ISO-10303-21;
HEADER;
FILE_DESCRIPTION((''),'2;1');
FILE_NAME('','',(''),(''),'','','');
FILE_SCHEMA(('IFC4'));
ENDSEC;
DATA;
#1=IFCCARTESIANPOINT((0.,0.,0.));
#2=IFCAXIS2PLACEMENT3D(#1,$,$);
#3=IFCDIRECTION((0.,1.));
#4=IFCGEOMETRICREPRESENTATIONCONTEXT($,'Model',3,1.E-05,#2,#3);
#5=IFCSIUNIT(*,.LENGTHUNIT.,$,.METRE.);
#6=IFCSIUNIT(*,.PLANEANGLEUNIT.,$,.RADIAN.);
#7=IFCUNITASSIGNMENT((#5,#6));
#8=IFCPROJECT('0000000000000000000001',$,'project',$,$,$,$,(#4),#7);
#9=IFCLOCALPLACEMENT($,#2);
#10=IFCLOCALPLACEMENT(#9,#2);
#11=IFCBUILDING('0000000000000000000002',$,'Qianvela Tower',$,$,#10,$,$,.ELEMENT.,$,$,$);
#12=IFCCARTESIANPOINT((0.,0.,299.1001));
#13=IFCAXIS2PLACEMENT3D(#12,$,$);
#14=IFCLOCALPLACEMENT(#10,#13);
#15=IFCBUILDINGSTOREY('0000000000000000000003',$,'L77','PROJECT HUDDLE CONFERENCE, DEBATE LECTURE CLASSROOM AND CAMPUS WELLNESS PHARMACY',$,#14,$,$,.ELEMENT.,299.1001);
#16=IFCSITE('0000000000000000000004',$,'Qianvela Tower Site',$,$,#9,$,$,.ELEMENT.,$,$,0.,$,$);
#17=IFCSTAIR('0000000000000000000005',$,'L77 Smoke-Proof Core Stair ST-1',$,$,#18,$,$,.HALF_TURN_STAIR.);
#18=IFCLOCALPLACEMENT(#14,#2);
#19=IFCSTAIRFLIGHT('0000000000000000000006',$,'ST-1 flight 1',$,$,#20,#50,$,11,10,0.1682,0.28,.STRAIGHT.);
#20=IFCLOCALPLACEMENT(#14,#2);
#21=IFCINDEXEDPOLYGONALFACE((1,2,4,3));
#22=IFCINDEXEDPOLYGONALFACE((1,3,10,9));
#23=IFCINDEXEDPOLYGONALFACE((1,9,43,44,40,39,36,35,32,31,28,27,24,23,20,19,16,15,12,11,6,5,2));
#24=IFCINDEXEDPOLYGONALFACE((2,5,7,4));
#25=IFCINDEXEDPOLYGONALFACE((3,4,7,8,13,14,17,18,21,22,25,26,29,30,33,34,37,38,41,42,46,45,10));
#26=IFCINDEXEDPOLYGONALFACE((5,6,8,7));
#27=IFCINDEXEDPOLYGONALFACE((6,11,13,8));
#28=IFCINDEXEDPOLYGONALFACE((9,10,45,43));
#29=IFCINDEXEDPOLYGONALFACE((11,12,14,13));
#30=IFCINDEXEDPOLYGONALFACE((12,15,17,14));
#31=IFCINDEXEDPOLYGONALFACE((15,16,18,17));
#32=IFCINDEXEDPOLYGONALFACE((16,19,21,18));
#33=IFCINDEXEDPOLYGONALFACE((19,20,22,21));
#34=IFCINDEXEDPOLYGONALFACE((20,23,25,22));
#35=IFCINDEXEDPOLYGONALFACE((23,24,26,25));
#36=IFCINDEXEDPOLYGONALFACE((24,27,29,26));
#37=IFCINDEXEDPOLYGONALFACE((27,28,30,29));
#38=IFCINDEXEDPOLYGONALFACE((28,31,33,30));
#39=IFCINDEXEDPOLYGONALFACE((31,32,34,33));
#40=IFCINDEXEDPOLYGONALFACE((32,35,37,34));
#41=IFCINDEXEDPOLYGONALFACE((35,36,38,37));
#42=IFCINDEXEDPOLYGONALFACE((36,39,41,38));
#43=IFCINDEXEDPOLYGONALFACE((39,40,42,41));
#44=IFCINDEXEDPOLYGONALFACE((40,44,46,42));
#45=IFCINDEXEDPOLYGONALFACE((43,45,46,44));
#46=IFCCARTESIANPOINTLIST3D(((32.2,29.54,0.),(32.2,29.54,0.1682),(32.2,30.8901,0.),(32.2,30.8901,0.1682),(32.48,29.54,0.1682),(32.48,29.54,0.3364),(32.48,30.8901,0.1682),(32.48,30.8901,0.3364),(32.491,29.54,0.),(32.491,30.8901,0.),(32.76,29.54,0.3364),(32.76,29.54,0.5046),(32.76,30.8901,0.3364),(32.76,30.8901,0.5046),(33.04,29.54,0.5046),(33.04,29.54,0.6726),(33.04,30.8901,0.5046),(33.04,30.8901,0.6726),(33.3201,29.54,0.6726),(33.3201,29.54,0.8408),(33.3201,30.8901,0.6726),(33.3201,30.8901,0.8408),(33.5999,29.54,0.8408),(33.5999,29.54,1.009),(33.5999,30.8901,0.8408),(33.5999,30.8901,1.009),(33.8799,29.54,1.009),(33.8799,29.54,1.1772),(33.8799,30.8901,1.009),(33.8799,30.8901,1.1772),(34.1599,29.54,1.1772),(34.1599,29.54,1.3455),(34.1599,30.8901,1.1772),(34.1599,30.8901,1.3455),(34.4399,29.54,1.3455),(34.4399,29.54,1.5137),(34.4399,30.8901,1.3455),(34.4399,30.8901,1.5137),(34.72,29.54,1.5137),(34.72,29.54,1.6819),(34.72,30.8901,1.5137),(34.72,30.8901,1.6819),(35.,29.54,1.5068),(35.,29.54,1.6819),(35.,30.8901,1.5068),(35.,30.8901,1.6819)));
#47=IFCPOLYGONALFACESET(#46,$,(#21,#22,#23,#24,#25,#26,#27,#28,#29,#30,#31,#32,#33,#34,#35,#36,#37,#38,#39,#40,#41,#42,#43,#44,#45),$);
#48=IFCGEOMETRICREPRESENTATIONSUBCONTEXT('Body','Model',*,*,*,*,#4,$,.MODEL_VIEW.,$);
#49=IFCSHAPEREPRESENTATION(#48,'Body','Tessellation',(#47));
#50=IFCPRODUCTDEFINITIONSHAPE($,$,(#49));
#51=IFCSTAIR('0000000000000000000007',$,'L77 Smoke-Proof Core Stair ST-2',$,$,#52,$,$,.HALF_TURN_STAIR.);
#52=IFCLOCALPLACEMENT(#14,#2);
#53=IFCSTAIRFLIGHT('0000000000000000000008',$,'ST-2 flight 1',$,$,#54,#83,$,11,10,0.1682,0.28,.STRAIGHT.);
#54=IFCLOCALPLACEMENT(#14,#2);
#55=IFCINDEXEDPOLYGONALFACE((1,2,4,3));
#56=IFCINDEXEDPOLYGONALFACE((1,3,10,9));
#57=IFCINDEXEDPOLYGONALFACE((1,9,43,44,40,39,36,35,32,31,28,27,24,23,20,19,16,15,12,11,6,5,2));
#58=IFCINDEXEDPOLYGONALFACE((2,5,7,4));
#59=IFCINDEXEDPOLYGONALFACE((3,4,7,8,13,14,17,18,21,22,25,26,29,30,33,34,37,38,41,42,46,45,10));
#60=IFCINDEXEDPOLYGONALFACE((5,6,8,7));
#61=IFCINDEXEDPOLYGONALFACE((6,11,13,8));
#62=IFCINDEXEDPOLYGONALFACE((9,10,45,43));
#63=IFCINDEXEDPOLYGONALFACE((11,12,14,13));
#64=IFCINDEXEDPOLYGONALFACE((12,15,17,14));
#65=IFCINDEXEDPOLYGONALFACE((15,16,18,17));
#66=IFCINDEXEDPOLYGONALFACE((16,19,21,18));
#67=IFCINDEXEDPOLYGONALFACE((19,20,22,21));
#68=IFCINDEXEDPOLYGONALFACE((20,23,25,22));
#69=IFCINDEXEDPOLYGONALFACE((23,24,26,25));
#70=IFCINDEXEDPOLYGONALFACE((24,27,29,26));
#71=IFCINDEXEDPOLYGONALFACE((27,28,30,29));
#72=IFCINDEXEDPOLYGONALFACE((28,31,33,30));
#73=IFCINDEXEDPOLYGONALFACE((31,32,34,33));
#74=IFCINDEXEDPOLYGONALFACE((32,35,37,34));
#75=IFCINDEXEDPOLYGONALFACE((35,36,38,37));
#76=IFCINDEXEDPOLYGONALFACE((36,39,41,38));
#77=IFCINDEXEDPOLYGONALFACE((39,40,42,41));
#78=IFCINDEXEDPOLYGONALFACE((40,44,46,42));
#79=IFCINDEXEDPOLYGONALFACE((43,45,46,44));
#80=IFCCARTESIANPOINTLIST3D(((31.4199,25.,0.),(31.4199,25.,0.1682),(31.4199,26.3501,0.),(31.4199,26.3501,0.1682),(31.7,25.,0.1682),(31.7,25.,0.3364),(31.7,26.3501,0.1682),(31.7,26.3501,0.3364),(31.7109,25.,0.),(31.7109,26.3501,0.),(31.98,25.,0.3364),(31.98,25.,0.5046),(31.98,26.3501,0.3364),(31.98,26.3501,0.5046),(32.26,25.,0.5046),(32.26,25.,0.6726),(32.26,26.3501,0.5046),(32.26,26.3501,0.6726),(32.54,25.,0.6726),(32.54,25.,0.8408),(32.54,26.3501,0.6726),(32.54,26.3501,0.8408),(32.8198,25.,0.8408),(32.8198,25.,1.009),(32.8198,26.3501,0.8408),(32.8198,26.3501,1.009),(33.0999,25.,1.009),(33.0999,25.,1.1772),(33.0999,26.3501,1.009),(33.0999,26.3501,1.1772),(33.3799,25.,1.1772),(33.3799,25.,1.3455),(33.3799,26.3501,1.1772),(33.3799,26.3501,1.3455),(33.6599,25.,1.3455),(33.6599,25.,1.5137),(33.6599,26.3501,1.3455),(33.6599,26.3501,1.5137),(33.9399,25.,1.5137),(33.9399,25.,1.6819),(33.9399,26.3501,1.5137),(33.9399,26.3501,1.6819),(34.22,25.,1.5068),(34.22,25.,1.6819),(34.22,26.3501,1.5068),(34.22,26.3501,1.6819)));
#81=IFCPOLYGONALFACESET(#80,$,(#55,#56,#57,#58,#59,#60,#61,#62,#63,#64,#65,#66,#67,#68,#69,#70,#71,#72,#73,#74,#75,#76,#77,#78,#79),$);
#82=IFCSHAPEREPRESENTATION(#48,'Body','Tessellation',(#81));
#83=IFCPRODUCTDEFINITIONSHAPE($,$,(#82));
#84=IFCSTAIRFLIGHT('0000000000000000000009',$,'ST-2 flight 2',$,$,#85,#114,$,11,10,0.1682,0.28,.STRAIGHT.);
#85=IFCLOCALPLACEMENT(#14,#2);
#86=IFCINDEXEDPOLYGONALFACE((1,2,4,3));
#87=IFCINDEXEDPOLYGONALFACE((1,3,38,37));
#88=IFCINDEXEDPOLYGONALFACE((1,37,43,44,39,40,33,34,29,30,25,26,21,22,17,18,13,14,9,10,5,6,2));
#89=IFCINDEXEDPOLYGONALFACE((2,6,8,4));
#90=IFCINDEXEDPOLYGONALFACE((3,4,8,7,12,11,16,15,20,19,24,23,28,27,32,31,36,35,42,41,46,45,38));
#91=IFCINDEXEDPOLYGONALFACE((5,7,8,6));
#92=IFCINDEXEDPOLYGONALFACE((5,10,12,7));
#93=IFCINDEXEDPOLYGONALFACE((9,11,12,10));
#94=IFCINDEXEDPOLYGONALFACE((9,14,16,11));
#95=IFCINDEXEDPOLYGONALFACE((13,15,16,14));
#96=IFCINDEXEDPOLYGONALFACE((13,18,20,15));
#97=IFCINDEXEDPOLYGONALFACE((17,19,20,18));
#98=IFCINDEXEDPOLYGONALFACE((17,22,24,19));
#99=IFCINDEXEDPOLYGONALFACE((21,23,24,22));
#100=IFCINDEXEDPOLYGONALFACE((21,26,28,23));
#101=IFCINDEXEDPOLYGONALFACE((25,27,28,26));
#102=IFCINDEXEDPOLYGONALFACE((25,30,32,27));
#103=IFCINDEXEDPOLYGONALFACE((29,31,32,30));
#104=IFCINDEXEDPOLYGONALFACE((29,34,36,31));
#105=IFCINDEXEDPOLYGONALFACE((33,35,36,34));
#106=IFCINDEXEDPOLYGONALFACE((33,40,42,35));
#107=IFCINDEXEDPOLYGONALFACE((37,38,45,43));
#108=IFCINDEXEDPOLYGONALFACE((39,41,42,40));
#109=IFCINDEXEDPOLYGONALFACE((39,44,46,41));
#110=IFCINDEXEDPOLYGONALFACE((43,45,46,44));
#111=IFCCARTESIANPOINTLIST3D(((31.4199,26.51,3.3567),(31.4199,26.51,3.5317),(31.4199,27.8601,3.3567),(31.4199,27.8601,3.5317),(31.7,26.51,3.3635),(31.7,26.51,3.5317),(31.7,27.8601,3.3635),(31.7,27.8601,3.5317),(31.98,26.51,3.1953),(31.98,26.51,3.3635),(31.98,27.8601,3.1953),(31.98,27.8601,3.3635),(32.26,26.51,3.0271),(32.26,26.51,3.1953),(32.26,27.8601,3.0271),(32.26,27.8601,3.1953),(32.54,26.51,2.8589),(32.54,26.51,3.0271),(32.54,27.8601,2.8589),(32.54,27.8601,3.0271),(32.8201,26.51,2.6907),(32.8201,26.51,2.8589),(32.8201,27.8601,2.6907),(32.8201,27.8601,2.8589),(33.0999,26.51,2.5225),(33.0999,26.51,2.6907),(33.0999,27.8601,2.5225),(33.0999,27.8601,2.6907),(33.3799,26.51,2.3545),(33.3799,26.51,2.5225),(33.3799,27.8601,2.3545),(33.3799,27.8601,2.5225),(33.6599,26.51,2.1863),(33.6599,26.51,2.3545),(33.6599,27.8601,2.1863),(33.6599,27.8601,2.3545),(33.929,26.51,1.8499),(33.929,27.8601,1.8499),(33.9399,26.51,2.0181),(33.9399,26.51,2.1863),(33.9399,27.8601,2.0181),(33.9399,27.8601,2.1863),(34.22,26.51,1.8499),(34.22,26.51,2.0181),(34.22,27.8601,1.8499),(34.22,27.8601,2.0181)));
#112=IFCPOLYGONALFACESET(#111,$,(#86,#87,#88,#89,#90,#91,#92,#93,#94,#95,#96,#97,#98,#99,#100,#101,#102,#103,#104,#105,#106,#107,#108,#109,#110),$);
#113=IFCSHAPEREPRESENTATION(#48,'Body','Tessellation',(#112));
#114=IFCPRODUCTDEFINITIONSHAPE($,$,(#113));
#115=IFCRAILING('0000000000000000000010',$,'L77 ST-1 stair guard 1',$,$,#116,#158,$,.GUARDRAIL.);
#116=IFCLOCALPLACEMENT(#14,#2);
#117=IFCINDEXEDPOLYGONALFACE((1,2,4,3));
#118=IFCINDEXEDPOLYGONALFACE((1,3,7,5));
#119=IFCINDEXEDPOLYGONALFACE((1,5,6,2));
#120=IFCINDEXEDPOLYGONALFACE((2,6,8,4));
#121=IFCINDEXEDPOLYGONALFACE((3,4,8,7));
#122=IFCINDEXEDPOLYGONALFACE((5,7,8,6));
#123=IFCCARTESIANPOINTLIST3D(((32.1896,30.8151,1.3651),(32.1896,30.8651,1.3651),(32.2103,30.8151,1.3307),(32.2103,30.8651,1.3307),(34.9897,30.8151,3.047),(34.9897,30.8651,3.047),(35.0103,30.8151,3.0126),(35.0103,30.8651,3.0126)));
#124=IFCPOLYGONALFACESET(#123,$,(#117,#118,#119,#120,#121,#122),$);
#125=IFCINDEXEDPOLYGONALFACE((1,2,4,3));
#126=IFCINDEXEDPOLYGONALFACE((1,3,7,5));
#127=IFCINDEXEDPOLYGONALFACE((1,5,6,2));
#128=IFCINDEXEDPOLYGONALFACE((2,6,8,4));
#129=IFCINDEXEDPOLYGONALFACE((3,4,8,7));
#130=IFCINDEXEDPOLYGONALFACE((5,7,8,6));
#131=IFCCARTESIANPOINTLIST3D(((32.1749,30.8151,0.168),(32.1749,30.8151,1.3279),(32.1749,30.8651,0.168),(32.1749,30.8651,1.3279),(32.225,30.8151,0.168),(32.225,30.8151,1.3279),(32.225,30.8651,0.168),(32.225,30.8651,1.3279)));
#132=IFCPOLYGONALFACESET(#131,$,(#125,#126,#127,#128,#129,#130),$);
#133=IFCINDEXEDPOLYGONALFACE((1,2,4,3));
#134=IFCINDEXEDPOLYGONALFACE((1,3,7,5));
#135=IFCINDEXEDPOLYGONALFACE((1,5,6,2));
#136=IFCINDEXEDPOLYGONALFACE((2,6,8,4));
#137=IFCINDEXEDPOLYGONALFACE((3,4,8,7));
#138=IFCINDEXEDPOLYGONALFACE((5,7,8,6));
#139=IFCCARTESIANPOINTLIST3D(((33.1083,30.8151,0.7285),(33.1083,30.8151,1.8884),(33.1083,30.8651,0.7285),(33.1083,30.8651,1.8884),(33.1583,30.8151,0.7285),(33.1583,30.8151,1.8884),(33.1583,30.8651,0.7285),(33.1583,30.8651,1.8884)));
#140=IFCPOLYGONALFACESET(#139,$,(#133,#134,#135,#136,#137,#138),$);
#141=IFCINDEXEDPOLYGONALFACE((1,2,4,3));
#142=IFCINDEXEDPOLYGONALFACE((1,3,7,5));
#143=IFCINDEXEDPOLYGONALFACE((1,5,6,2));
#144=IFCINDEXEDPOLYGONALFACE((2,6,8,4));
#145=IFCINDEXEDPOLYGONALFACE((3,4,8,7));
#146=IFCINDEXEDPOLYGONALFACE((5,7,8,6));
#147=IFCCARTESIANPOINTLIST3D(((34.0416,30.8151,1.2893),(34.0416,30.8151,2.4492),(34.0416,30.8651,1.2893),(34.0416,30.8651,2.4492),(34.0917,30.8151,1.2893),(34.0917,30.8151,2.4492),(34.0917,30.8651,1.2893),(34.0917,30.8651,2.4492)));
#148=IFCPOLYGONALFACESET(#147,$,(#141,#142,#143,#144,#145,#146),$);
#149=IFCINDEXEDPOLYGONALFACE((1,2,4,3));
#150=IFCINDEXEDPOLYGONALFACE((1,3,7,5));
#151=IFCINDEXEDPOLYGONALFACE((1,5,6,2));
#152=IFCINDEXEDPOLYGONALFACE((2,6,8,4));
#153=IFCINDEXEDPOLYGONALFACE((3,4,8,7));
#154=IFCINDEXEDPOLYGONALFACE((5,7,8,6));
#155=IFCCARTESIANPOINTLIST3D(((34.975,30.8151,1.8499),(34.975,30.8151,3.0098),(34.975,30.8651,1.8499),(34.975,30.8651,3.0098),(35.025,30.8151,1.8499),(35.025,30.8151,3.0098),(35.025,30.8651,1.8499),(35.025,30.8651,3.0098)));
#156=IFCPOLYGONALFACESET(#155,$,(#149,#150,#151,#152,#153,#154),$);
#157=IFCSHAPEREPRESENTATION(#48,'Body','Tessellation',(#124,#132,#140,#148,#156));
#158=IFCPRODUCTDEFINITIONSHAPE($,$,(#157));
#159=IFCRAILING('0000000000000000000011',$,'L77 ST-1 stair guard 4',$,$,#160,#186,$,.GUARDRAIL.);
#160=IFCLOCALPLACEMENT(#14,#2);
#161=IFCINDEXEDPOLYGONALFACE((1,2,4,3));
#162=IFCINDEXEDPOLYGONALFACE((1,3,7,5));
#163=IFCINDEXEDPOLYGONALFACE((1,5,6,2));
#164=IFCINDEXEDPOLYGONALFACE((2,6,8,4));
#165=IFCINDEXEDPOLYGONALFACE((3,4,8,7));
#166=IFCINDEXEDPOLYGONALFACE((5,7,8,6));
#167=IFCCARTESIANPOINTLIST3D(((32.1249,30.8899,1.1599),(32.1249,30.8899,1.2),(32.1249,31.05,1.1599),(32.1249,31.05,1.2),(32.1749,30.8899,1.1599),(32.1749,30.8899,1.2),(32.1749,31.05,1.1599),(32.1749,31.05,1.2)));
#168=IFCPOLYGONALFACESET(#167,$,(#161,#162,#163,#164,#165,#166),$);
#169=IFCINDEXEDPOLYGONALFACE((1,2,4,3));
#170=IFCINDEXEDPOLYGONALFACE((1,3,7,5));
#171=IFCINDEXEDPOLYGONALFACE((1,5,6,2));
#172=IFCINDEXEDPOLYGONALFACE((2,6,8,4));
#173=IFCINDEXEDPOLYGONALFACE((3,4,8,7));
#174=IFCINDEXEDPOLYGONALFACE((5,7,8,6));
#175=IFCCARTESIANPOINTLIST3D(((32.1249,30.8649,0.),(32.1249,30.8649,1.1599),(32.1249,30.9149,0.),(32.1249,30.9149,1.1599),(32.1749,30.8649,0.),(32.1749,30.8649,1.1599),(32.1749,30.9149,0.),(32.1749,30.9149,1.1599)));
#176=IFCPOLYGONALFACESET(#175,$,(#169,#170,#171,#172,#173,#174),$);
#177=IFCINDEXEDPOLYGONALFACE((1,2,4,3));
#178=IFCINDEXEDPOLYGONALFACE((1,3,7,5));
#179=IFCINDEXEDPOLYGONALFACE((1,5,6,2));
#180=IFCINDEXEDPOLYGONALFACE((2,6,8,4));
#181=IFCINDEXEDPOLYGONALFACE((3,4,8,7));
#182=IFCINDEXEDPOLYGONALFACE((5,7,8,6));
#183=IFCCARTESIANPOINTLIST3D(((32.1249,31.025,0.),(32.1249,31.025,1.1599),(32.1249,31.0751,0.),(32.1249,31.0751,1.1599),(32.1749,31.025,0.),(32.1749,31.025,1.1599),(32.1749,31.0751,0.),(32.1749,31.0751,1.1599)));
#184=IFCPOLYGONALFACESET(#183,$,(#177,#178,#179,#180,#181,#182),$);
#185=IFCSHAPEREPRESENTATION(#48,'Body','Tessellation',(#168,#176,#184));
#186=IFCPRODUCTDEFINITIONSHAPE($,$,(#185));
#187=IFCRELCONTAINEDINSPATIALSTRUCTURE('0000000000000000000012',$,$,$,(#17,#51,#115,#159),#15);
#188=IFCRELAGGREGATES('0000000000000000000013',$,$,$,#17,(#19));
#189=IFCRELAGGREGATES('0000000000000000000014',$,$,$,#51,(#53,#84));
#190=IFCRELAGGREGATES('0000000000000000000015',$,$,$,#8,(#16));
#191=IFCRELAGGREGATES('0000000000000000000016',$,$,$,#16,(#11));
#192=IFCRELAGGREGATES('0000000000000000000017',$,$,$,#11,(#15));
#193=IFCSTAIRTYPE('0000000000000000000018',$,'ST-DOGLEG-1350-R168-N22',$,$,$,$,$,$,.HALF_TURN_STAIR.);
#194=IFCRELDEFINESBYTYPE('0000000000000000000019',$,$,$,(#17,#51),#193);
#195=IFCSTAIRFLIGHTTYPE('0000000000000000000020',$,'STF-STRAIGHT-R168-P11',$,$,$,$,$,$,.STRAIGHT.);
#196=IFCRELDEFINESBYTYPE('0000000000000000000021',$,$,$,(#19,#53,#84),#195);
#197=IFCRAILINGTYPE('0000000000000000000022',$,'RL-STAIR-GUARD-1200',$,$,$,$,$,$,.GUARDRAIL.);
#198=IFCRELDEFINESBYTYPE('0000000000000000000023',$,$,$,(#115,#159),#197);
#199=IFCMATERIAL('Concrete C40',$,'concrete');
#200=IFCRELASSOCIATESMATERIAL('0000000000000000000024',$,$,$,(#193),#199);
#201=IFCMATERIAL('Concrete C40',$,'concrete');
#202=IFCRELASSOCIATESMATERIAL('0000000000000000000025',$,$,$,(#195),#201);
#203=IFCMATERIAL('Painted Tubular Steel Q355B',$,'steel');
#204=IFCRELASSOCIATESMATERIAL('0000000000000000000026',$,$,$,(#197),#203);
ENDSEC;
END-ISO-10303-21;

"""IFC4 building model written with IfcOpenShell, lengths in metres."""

from ifc_helpers import new_model, si_unit, direction, frame, origin, origin_2d, place, context, subcontext, project, spatial, polyline, rectangle, outline, extrude, material, type_object, element, aggregate, save


model = new_model("IFC4")

# Units and contexts
model_context = context("Model", 3, precision=1e-05, world=origin(), true_north=direction((0.0, 1.0)))
body_context = subcontext(model_context, "Body", "Model", "MODEL_VIEW")
ifc_project = project(units=[si_unit("LENGTHUNIT", "METRE"), si_unit("PLANEANGLEUNIT", "RADIAN")], contexts=[model_context])

# Site, building, storey
site_placement = place(None, origin())
site = spatial("IfcSite", under=ifc_project, at=site_placement, Name="Qianvela Tower Site", CompositionType="ELEMENT", RefElevation=0.0)
building_placement = place(site_placement, origin())
building = spatial("IfcBuilding", under=site, at=building_placement, Name="Qianvela Tower", CompositionType="ELEMENT")
storey_placement = place(building_placement, frame((0.0, 0.0, 299.1001)))
storey = spatial("IfcBuildingStorey", under=building, at=storey_placement, Name="L77", Description="PROJECT HUDDLE CONFERENCE, DEBATE LECTURE CLASSROOM AND CAMPUS WELLNESS PHARMACY", CompositionType="ELEMENT", Elevation=299.1001)

# Stair, stair flight
ifc_material_1 = material(Name="Concrete C40", Category="concrete")
stair_type = type_object("IfcStairType", Name="ST-DOGLEG-1350-R168-N22", PredefinedType="HALF_TURN_STAIR", material=ifc_material_1)
stair_1_placement = place(storey_placement, origin())
stair_1 = element("IfcStair", 1, at=stair_1_placement, inside=storey, type_object=stair_type, Name="L77 Smoke-Proof Core Stair ST-1", PredefinedType="HALF_TURN_STAIR")
ifc_material_2 = material(Name="Concrete C40", Category="concrete")
stair_flight_type = type_object("IfcStairFlightType", Name="STF-STRAIGHT-R168-P11", PredefinedType="STRAIGHT", material=ifc_material_2)
stair_flight_1_placement = place(storey_placement, frame((32.2, 30.2151, 0.0), z_axis=(0.0, 0.0, 1.0), x_axis=(1.0, 0.0, 0.0)))
stair_flight_1 = element("IfcStairFlight", 2, at=stair_flight_1_placement, type_object=stair_flight_type, Name="ST-1 flight 1", NumberOfRisers=11, NumberOfTreads=10, PredefinedType="STRAIGHT", RiserHeight=0.1682, TreadLength=0.28, context=body_context, shape_type="SweptSolid", body=[
    extrude(outline(polyline([(0.0, 0.0), (0.0, 0.1682), (0.28, 0.1682), (0.28, 0.3364), (0.5601, 0.3364), (0.5601, 0.5046), (0.8401, 0.5046), (0.8401, 0.6726), (1.1201, 0.6726), (1.1201, 0.8408), (1.3999, 0.8408), (1.3999, 1.009), (1.6799, 1.009), (1.6799, 1.1772), (1.96, 1.1772), (1.96, 1.3455), (2.24, 1.3455), (2.24, 1.5137), (2.52, 1.5137), (2.52, 1.6819), (2.8, 1.6819), (2.8, 1.8501), (2.8, 1.5068), (0.291, 0.0), (0.0, 0.0)])), frame((0.0, 0.675, 0.0), z_axis=(0.0, -1.0, 0.0), x_axis=(1.0, 0.0, 0.0)), (0.0, 0.0, 1.0), 1.3501),
])
aggregate(stair_1, [stair_flight_1])

# Stair, stair flights
stair_2_placement = place(storey_placement, origin())
stair_2 = element("IfcStair", 3, at=stair_2_placement, inside=storey, type_object=stair_type, Name="L77 Smoke-Proof Core Stair ST-2", PredefinedType="HALF_TURN_STAIR")
stair_flight_2_placement = place(storey_placement, frame((31.4199, 25.675, 0.0), z_axis=(0.0, 0.0, 1.0), x_axis=(1.0, 0.0, 0.0)))
stair_flight_2 = element("IfcStairFlight", 4, at=stair_flight_2_placement, type_object=stair_flight_type, Name="ST-2 flight 1", NumberOfRisers=11, NumberOfTreads=10, PredefinedType="STRAIGHT", RiserHeight=0.1682, TreadLength=0.28, context=body_context, shape_type="SweptSolid", body=[
    extrude(outline(polyline([(0.0, 0.0), (0.0, 0.1682), (0.28, 0.1682), (0.28, 0.3364), (0.5601, 0.3364), (0.5601, 0.5046), (0.8401, 0.5046), (0.8401, 0.6726), (1.1201, 0.6726), (1.1201, 0.8408), (1.3999, 0.8408), (1.3999, 1.009), (1.6799, 1.009), (1.6799, 1.1772), (1.96, 1.1772), (1.96, 1.3455), (2.24, 1.3455), (2.24, 1.5137), (2.52, 1.5137), (2.52, 1.6819), (2.8, 1.6819), (2.8, 1.8501), (2.8, 1.5068), (0.291, 0.0), (0.0, 0.0)])), frame((0.0, 0.675, 0.0), z_axis=(0.0, -1.0, 0.0), x_axis=(1.0, 0.0, 0.0)), (0.0, 0.0, 1.0), 1.3501),
])
stair_flight_3_placement = place(storey_placement, frame((34.22, 27.1851, 1.8499), z_axis=(0.0, 0.0, 1.0), x_axis=(-1.0, 0.0, 0.0)))
stair_flight_3 = element("IfcStairFlight", 5, at=stair_flight_3_placement, type_object=stair_flight_type, Name="ST-2 flight 2", NumberOfRisers=11, NumberOfTreads=10, PredefinedType="STRAIGHT", RiserHeight=0.1682, TreadLength=0.28, context=body_context, shape_type="SweptSolid", body=[
    extrude(outline(polyline([(0.0, 0.0), (0.0, 0.1682), (0.28, 0.1682), (0.28, 0.3364), (0.5601, 0.3364), (0.5601, 0.5046), (0.8401, 0.5046), (0.8401, 0.6726), (1.1201, 0.6726), (1.1201, 0.8408), (1.3999, 0.8408), (1.3999, 1.009), (1.6799, 1.009), (1.6799, 1.1772), (1.96, 1.1772), (1.96, 1.3455), (2.24, 1.3455), (2.24, 1.5137), (2.52, 1.5137), (2.52, 1.6819), (2.8, 1.6819), (2.8, 1.8501), (2.8, 1.5068), (0.291, 0.0), (0.0, 0.0)])), frame((0.0, 0.675, 0.0), z_axis=(0.0, -1.0, 0.0), x_axis=(1.0, 0.0, 0.0)), (0.0, 0.0, 1.0), 1.3501),
])
aggregate(stair_2, [stair_flight_2, stair_flight_3])

# Railings
ifc_material_3 = material(Name="Painted Tubular Steel Q355B", Category="steel")
railing_type_1 = type_object("IfcRailingType", Name="RL-STAIR-GUARD-1200", PredefinedType="GUARDRAIL", material=ifc_material_3)
railing_1_placement = place(storey_placement, frame((32.2, 30.8401, 0.168)))
element("IfcRailing", 6, at=railing_1_placement, inside=storey, type_object=railing_type_1, Name="L77 ST-1 stair guard 1", PredefinedType="GUARDRAIL", context=body_context, shape_type="SweptSolid", body=[
    extrude(rectangle(XDim=0.05, YDim=0.04, at=origin_2d()), frame((0.0, 0.0, 1.1799), z_axis=(0.857242, 0.0, 0.514913), x_axis=(0.0, 1.0, 0.0)), (0.0, 0.0, 1.0), 3.2664),
    extrude(rectangle(XDim=0.05, YDim=0.05, at=origin_2d()), origin(), (0.0, 0.0, 1.0), 1.1599),
    extrude(rectangle(XDim=0.05, YDim=0.05, at=origin_2d()), frame((0.9333, 0.0, 0.5605)), (0.0, 0.0, 1.0), 1.1599),
    extrude(rectangle(XDim=0.05, YDim=0.05, at=origin_2d()), frame((1.8667, 0.0, 1.1213)), (0.0, 0.0, 1.0), 1.1599),
    extrude(rectangle(XDim=0.05, YDim=0.05, at=origin_2d()), frame((2.8, 0.0, 1.6819)), (0.0, 0.0, 1.0), 1.1599),
])
railing_2_placement = place(storey_placement, frame((32.1499, 30.8899, 0.0)))
element("IfcRailing", 7, at=railing_2_placement, inside=storey, type_object=railing_type_1, Name="L77 ST-1 stair guard 4", PredefinedType="GUARDRAIL", context=body_context, shape_type="SweptSolid", body=[
    extrude(rectangle(XDim=0.05, YDim=0.04, at=origin_2d()), frame((0.0, 0.0, 1.1799), z_axis=(0.0, 1.0, 0.0), x_axis=(-1.0, 0.0, 0.0)), (0.0, 0.0, 1.0), 0.1602),
    extrude(rectangle(XDim=0.05, YDim=0.05, at=origin_2d()), origin(), (0.0, 0.0, 1.0), 1.1599),
    extrude(rectangle(XDim=0.05, YDim=0.05, at=origin_2d()), frame((0.0, 0.1602, 0.0)), (0.0, 0.0, 1.0), 1.1599),
])

save(model, "model.ifc")
